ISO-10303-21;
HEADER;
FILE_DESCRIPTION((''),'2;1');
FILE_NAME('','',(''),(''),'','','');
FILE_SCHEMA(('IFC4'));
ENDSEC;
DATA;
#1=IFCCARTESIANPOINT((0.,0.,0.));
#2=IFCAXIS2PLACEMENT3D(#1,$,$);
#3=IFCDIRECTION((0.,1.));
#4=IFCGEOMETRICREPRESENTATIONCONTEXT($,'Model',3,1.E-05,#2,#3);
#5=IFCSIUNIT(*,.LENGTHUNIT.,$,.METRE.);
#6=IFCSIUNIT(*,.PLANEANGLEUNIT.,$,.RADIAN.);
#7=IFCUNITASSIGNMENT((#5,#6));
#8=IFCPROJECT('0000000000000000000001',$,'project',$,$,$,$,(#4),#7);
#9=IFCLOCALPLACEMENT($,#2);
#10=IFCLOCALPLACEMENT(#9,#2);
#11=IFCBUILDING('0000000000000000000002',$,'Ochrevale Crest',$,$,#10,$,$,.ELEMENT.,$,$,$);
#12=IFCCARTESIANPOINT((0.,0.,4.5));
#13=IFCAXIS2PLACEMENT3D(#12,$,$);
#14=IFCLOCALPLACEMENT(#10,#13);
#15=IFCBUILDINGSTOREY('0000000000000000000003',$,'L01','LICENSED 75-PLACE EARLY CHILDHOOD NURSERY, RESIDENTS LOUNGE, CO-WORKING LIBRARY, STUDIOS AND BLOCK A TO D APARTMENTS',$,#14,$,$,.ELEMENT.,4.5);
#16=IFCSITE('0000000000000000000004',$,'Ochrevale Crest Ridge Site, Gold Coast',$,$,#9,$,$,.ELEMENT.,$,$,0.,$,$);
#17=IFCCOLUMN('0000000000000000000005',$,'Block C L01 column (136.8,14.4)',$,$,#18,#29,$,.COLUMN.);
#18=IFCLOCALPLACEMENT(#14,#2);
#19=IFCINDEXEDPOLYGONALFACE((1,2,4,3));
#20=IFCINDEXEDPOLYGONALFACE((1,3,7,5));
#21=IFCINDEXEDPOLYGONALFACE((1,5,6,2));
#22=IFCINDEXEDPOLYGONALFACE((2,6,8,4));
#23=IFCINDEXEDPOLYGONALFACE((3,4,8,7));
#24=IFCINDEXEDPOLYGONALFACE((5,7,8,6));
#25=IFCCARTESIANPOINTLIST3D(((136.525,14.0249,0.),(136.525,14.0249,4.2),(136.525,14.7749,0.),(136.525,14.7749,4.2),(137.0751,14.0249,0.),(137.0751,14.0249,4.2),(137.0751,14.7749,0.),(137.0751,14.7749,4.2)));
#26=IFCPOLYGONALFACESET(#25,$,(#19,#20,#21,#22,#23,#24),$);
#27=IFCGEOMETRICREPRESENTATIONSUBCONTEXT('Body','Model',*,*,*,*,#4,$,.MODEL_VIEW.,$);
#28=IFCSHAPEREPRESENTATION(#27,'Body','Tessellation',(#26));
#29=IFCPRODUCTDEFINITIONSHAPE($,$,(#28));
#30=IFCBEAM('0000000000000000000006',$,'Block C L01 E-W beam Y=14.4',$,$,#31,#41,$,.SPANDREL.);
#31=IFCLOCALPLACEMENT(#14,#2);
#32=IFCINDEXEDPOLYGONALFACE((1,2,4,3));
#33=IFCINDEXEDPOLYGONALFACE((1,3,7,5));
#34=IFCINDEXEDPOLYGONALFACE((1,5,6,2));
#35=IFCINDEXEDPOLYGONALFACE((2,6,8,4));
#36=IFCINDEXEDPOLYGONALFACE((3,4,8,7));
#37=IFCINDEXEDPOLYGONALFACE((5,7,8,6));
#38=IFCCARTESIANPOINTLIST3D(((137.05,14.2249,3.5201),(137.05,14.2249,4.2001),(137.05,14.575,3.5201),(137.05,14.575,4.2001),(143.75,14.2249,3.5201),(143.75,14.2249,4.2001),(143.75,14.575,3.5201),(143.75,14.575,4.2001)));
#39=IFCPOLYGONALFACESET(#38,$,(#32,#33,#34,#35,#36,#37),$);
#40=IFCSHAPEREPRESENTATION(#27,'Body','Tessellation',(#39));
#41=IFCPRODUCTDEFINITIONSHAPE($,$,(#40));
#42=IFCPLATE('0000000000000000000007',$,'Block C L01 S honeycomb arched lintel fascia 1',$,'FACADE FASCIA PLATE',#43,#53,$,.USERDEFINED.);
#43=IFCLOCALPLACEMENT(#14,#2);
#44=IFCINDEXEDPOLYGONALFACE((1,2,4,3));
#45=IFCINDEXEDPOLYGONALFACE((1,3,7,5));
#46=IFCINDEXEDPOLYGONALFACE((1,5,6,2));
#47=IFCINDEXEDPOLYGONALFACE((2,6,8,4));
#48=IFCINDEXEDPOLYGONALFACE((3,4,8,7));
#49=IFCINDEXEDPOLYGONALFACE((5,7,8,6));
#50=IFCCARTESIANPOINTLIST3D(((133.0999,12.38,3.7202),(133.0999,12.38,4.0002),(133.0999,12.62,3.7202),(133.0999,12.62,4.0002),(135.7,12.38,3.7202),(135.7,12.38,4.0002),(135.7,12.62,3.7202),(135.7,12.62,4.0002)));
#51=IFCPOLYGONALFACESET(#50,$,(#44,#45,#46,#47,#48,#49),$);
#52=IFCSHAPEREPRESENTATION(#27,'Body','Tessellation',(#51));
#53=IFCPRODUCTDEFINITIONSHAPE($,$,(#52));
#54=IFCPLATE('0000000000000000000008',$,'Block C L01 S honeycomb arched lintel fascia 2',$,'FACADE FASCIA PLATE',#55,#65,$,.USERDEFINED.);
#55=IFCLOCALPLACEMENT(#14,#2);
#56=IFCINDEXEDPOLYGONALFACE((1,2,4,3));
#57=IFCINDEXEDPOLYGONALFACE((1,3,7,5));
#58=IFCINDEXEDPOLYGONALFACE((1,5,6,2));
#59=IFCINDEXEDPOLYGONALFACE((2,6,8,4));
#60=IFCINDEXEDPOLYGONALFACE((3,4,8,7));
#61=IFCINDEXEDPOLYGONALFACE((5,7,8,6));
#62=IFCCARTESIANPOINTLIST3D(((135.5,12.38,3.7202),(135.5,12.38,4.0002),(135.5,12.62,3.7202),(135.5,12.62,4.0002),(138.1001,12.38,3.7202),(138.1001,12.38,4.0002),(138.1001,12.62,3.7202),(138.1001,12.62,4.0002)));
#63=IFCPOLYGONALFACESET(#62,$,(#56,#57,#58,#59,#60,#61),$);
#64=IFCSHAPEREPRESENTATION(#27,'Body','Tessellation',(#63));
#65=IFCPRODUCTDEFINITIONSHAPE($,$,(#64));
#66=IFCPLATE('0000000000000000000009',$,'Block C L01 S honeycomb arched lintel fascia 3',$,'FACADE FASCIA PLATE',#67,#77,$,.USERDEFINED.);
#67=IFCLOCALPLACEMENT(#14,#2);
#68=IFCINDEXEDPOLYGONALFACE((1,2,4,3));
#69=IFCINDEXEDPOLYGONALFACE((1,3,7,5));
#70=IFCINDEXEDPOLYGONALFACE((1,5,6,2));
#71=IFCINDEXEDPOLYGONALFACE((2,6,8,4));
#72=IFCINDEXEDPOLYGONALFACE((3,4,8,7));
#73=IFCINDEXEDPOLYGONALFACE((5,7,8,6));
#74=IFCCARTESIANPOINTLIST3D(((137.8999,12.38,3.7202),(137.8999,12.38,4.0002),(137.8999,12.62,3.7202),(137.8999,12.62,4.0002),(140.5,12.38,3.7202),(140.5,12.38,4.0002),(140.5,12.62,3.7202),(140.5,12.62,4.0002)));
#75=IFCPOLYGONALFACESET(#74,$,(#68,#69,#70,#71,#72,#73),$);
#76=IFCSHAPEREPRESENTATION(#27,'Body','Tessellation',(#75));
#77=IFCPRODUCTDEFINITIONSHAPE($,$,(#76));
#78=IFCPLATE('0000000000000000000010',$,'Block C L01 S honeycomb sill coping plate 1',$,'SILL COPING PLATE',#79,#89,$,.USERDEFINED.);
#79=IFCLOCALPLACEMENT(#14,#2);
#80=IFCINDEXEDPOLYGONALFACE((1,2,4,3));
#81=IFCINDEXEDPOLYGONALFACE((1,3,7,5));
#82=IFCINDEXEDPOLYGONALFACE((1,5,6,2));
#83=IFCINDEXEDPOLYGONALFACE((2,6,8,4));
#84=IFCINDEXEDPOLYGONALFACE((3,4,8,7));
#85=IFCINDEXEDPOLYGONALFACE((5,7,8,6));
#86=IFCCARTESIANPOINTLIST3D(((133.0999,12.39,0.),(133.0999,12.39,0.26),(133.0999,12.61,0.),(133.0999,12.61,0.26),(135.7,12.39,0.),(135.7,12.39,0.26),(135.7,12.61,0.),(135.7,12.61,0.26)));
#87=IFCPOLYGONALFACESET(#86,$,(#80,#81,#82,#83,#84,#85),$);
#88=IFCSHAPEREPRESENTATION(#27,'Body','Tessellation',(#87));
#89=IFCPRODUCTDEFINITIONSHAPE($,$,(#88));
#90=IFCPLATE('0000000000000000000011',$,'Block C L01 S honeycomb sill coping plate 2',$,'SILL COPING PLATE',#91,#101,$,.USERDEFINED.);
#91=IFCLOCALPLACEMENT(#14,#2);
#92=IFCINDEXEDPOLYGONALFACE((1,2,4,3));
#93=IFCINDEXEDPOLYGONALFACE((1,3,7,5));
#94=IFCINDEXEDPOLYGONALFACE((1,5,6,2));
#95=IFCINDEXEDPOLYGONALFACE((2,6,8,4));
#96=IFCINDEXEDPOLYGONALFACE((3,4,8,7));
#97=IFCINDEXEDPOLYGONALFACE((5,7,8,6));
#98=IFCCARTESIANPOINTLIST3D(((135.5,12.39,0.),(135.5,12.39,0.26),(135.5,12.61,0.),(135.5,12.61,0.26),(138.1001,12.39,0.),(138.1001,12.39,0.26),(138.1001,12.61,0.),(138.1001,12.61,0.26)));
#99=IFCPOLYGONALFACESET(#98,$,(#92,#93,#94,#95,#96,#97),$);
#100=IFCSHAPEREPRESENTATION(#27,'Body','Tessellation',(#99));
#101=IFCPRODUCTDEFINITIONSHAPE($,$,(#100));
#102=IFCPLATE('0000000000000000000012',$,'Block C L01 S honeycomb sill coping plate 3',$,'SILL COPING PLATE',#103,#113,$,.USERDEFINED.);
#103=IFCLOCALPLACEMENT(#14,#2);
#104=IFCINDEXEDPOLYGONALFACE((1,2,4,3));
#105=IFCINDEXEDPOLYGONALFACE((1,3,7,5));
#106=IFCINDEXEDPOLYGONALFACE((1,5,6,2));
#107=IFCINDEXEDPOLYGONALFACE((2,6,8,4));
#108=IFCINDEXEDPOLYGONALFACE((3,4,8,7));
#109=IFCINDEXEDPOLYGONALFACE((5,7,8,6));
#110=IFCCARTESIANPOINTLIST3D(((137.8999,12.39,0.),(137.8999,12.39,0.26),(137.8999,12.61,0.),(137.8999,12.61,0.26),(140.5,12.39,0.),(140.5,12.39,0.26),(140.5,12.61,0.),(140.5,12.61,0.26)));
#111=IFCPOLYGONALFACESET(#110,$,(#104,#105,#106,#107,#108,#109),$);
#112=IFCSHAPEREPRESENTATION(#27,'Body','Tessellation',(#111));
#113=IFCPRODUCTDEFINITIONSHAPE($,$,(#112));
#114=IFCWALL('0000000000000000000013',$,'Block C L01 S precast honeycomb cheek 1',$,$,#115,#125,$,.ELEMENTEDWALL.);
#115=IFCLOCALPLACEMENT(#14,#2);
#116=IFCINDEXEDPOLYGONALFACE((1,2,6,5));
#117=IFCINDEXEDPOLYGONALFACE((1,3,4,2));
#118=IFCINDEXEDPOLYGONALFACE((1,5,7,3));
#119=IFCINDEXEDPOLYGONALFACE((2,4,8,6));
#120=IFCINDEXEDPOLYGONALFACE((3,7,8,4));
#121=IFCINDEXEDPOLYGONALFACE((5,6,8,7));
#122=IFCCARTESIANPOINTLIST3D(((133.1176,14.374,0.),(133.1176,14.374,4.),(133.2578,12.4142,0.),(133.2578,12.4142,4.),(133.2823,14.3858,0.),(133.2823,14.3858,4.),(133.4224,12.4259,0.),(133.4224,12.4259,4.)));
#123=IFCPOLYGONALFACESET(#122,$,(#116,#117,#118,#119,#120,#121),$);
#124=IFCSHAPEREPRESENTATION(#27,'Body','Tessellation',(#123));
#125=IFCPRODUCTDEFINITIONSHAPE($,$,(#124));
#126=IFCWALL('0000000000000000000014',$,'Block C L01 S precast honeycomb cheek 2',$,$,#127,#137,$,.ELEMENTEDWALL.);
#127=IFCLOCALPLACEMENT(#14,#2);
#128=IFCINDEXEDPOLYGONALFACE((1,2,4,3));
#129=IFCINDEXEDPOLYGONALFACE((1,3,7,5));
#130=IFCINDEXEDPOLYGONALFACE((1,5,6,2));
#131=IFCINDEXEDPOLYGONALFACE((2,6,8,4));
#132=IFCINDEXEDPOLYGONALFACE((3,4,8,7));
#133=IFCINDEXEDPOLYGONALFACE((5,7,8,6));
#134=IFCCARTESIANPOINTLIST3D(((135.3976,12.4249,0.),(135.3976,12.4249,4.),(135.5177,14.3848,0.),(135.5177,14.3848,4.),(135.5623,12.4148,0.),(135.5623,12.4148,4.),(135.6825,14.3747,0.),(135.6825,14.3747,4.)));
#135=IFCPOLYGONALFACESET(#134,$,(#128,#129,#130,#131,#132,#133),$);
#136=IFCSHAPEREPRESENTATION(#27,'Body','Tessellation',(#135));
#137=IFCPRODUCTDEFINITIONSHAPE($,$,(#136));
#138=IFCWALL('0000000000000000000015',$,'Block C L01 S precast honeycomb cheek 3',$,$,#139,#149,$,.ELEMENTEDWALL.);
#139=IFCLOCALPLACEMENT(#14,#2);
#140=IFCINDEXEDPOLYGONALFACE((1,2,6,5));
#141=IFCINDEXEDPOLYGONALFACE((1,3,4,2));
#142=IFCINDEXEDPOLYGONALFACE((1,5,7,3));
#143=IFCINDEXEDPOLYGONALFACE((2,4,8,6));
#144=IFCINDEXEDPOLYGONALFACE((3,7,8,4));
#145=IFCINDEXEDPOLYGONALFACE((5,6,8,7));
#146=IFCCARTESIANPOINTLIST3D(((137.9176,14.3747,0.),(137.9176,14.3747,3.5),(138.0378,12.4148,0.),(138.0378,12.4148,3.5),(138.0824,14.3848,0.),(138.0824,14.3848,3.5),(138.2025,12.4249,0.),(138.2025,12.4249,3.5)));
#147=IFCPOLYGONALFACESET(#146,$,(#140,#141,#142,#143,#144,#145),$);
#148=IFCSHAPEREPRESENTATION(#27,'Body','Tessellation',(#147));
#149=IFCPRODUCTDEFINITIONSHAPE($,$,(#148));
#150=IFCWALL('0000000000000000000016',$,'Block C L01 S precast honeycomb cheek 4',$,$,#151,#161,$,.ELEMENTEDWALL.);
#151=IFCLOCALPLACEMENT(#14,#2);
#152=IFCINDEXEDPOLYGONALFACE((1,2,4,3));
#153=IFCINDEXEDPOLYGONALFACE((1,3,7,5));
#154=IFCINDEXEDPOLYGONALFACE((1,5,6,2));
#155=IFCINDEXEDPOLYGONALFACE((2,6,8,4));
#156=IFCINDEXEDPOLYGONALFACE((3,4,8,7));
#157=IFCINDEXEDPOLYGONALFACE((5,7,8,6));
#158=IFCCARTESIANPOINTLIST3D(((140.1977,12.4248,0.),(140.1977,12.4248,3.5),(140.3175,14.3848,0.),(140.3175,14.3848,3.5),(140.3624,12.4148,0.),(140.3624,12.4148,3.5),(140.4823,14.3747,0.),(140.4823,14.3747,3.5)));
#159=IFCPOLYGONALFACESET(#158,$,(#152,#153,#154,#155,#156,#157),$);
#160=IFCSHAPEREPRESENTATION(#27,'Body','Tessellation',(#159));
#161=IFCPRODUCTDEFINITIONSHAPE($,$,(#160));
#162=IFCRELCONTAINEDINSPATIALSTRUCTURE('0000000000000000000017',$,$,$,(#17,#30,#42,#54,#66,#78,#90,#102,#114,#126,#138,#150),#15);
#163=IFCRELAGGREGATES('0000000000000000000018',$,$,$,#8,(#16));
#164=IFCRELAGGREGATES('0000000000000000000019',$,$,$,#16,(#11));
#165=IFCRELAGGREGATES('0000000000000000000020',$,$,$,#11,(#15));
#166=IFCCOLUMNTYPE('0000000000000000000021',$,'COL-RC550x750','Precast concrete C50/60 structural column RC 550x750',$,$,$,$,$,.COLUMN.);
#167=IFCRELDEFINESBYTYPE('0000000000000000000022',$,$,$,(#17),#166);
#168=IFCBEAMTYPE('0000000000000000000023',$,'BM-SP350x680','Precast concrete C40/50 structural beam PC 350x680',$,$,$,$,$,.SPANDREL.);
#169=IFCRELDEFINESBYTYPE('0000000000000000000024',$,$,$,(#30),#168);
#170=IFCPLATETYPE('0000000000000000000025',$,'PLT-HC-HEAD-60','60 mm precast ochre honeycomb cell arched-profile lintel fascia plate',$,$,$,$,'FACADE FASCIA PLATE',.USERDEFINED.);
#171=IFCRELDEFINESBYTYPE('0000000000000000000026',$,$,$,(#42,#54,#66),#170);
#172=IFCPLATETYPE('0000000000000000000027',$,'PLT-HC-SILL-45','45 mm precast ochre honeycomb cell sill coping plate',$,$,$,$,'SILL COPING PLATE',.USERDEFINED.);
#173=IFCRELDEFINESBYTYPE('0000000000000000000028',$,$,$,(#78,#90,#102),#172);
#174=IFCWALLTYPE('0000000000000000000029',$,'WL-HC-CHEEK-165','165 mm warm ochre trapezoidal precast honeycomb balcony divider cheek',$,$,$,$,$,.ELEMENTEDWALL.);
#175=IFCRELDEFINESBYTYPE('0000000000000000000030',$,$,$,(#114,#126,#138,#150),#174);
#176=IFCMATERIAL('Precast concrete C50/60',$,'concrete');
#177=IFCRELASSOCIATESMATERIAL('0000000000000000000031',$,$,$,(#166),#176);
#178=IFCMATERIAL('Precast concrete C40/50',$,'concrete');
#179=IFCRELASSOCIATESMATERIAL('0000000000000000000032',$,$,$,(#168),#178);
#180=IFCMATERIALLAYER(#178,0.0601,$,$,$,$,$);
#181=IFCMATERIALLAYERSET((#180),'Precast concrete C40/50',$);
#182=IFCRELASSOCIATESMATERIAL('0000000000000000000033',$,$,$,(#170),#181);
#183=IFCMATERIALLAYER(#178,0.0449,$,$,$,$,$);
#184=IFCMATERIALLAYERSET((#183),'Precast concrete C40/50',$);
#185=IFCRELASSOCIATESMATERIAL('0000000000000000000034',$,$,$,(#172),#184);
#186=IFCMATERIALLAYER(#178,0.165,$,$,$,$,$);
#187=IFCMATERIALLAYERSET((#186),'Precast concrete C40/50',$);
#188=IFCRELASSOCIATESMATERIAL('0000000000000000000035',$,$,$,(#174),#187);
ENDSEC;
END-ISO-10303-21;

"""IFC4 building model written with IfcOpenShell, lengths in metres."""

from ifc_helpers import new_model, si_unit, direction, frame, frame_2d, origin, origin_2d, place, context, subcontext, project, spatial, rectangle, extrude, material, layer, layer_set, material_profile, profile_set, type_object, element, save


model = new_model("IFC4")

# Units and contexts
model_context = context("Model", 3, precision=1e-05, world=origin(), true_north=direction((0.0, 1.0)))
body_context = subcontext(model_context, "Body", "Model", "MODEL_VIEW")
ifc_project = project(units=[si_unit("LENGTHUNIT", "METRE"), si_unit("PLANEANGLEUNIT", "RADIAN")], contexts=[model_context])

# Site, building, storey
site_placement = place(None, origin())
site = spatial("IfcSite", under=ifc_project, at=site_placement, Name="Ochrevale Crest Ridge Site, Gold Coast", CompositionType="ELEMENT", RefElevation=0.0)
building_placement = place(site_placement, origin())
building = spatial("IfcBuilding", under=site, at=building_placement, Name="Ochrevale Crest", CompositionType="ELEMENT")
storey_placement = place(building_placement, frame((0.0, 0.0, 4.5)))
storey = spatial("IfcBuildingStorey", under=building, at=storey_placement, Name="L01", Description="LICENSED 75-PLACE EARLY CHILDHOOD NURSERY, RESIDENTS LOUNGE, CO-WORKING LIBRARY, STUDIOS AND BLOCK A TO D APARTMENTS", CompositionType="ELEMENT", Elevation=4.5)

# Column
ifc_material_1 = material(Name="Precast concrete C50/60", Category="concrete")
ifc_material_profile_1 = material_profile(ifc_material_1, rectangle(XDim=0.55, YDim=0.75, at=origin_2d()), Name="RC 550x750")
ifc_profile_set_1 = profile_set([ifc_material_profile_1], Name="Precast concrete C50/60")
column_type = type_object("IfcColumnType", Name="COL-RC550x750", Description="Precast concrete C50/60 structural column RC 550x750", PredefinedType="COLUMN", material=ifc_profile_set_1)
column_placement = place(storey_placement, frame((136.8, 14.3999, 0.0), z_axis=(0.0, 0.0, 1.0), x_axis=(1.0, 0.0, 0.0)))
element("IfcColumn", 1, at=column_placement, inside=storey, type_object=column_type, Name="Block C L01 column (136.8,14.4)", PredefinedType="COLUMN", context=body_context, shape_type="SweptSolid", body=[
    extrude(rectangle(XDim=0.55, YDim=0.75, at=origin_2d()), origin(), (0.0, 0.0, 1.0), 4.2),
])

# Beam
ifc_material_2 = material(Name="Precast concrete C40/50", Category="concrete")
ifc_material_profile_2 = material_profile(ifc_material_2, rectangle(XDim=0.3501, YDim=0.6799, at=origin_2d()), Name="PC 350x680")
ifc_profile_set_2 = profile_set([ifc_material_profile_2], Name="Precast concrete C40/50")
beam_type = type_object("IfcBeamType", Name="BM-SP350x680", Description="Precast concrete C40/50 structural beam PC 350x680", PredefinedType="SPANDREL", material=ifc_profile_set_2)
beam_placement = place(storey_placement, frame((137.05, 14.3999, 3.8601), z_axis=(1.0, 0.0, 0.0), x_axis=(0.0, 1.0, 0.0)))
element("IfcBeam", 2, at=beam_placement, inside=storey, type_object=beam_type, Name="Block C L01 E-W beam Y=14.4", PredefinedType="SPANDREL", context=body_context, shape_type="SweptSolid", body=[
    extrude(rectangle(XDim=0.3501, YDim=0.6799, at=origin_2d()), origin(), (0.0, 0.0, 1.0), 6.7),
])

# Plates
ifc_layer_1 = layer(ifc_material_2, 0.0601)
ifc_layer_set_1 = layer_set([ifc_layer_1], Name="Precast concrete C40/50")
plate_type_1 = type_object("IfcPlateType", Name="PLT-HC-HEAD-60", Description="60 mm precast ochre honeycomb cell arched-profile lintel fascia plate", ElementType="FACADE FASCIA PLATE", PredefinedType="USERDEFINED", material=ifc_layer_set_1)
for number, where, z_axis, x_axis, name in (
    (3, (134.3999, 12.5, 3.7202), (0.0, 0.0, 1.0), (1.0, 0.0, 0.0), "Block C L01 S honeycomb arched lintel fascia 1"),
    (4, (136.8, 12.5, 3.7202), (0.0, 0.0, 1.0), (1.0, 0.0, 0.0), "Block C L01 S honeycomb arched lintel fascia 2"),
    (5, (139.2, 12.5, 3.7202), (0.0, 0.0, 1.0), (1.0, 0.0, 0.0), "Block C L01 S honeycomb arched lintel fascia 3"),
):
    element("IfcPlate", number, at=place(storey_placement, frame(where, z_axis=z_axis, x_axis=x_axis)), inside=storey, type_object=plate_type_1, Name=name, ObjectType="FACADE FASCIA PLATE", PredefinedType="USERDEFINED", context=body_context, shape_type="SweptSolid", body=[
        extrude(rectangle(XDim=2.6001, YDim=0.24, at=origin_2d()), origin(), (0.0, 0.0, 1.0), 0.28),
    ])
ifc_layer_2 = layer(ifc_material_2, 0.0449)
ifc_layer_set_2 = layer_set([ifc_layer_2], Name="Precast concrete C40/50")
plate_type_2 = type_object("IfcPlateType", Name="PLT-HC-SILL-45", Description="45 mm precast ochre honeycomb cell sill coping plate", ElementType="SILL COPING PLATE", PredefinedType="USERDEFINED", material=ifc_layer_set_2)
for number, where, z_axis, x_axis, name in (
    (6, (134.3999, 12.5, 0.0), (0.0, 0.0, 1.0), (1.0, 0.0, 0.0), "Block C L01 S honeycomb sill coping plate 1"),
    (7, (136.8, 12.5, 0.0), (0.0, 0.0, 1.0), (1.0, 0.0, 0.0), "Block C L01 S honeycomb sill coping plate 2"),
    (8, (139.2, 12.5, 0.0), (0.0, 0.0, 1.0), (1.0, 0.0, 0.0), "Block C L01 S honeycomb sill coping plate 3"),
):
    element("IfcPlate", number, at=place(storey_placement, frame(where, z_axis=z_axis, x_axis=x_axis)), inside=storey, type_object=plate_type_2, Name=name, ObjectType="SILL COPING PLATE", PredefinedType="USERDEFINED", context=body_context, shape_type="SweptSolid", body=[
        extrude(rectangle(XDim=2.6001, YDim=0.22, at=origin_2d()), origin(), (0.0, 0.0, 1.0), 0.26),
    ])

# Walls
ifc_layer_3 = layer(ifc_material_2, 0.165)
ifc_layer_set_3 = layer_set([ifc_layer_3], Name="Precast concrete C40/50")
wall_type = type_object("IfcWallType", Name="WL-HC-CHEEK-165", Description="165 mm warm ochre trapezoidal precast honeycomb balcony divider cheek", PredefinedType="ELEMENTEDWALL", material=ifc_layer_set_3)
wall_1_placement = place(storey_placement, frame((133.2, 14.3799, 0.0), z_axis=(0.0, 0.0, 1.0), x_axis=(0.071318, -0.997454, 0.0)))
element("IfcWall", 9, at=wall_1_placement, inside=storey, type_object=wall_type, Name="Block C L01 S precast honeycomb cheek 1", PredefinedType="ELEMENTEDWALL", context=body_context, shape_type="SweptSolid", body=[
    extrude(rectangle(XDim=1.9648, YDim=0.165, at=frame_2d((0.9824, 0.0))), origin(), (0.0, 0.0, 1.0), 4.0),
])
wall_2_placement = place(storey_placement, frame((135.6001, 14.3799, 0.0), z_axis=(0.0, 0.0, 1.0), x_axis=(-0.061171, -0.998127, 0.0)))
element("IfcWall", 10, at=wall_2_placement, inside=storey, type_object=wall_type, Name="Block C L01 S precast honeycomb cheek 2", PredefinedType="ELEMENTEDWALL", context=body_context, shape_type="SweptSolid", body=[
    extrude(rectangle(XDim=1.9636, YDim=0.165, at=frame_2d((0.9819, 0.0))), origin(), (0.0, 0.0, 1.0), 4.0),
])
for number, where, z_axis, x_axis, name in (
    (11, (138.0, 14.3799, 0.0), (0.0, 0.0, 1.0), (0.061171, -0.998127, 0.0), "Block C L01 S precast honeycomb cheek 3"),
    (12, (140.3999, 14.3799, 0.0), (0.0, 0.0, 1.0), (-0.061047, -0.998135, 0.0), "Block C L01 S precast honeycomb cheek 4"),
):
    element("IfcWall", number, at=place(storey_placement, frame(where, z_axis=z_axis, x_axis=x_axis)), inside=storey, type_object=wall_type, Name=name, PredefinedType="ELEMENTEDWALL", context=body_context, shape_type="SweptSolid", body=[
        extrude(rectangle(XDim=1.9636, YDim=0.165, at=frame_2d((0.9819, 0.0))), origin(), (0.0, 0.0, 1.0), 3.5),
    ])

save(model, "model.ifc")
